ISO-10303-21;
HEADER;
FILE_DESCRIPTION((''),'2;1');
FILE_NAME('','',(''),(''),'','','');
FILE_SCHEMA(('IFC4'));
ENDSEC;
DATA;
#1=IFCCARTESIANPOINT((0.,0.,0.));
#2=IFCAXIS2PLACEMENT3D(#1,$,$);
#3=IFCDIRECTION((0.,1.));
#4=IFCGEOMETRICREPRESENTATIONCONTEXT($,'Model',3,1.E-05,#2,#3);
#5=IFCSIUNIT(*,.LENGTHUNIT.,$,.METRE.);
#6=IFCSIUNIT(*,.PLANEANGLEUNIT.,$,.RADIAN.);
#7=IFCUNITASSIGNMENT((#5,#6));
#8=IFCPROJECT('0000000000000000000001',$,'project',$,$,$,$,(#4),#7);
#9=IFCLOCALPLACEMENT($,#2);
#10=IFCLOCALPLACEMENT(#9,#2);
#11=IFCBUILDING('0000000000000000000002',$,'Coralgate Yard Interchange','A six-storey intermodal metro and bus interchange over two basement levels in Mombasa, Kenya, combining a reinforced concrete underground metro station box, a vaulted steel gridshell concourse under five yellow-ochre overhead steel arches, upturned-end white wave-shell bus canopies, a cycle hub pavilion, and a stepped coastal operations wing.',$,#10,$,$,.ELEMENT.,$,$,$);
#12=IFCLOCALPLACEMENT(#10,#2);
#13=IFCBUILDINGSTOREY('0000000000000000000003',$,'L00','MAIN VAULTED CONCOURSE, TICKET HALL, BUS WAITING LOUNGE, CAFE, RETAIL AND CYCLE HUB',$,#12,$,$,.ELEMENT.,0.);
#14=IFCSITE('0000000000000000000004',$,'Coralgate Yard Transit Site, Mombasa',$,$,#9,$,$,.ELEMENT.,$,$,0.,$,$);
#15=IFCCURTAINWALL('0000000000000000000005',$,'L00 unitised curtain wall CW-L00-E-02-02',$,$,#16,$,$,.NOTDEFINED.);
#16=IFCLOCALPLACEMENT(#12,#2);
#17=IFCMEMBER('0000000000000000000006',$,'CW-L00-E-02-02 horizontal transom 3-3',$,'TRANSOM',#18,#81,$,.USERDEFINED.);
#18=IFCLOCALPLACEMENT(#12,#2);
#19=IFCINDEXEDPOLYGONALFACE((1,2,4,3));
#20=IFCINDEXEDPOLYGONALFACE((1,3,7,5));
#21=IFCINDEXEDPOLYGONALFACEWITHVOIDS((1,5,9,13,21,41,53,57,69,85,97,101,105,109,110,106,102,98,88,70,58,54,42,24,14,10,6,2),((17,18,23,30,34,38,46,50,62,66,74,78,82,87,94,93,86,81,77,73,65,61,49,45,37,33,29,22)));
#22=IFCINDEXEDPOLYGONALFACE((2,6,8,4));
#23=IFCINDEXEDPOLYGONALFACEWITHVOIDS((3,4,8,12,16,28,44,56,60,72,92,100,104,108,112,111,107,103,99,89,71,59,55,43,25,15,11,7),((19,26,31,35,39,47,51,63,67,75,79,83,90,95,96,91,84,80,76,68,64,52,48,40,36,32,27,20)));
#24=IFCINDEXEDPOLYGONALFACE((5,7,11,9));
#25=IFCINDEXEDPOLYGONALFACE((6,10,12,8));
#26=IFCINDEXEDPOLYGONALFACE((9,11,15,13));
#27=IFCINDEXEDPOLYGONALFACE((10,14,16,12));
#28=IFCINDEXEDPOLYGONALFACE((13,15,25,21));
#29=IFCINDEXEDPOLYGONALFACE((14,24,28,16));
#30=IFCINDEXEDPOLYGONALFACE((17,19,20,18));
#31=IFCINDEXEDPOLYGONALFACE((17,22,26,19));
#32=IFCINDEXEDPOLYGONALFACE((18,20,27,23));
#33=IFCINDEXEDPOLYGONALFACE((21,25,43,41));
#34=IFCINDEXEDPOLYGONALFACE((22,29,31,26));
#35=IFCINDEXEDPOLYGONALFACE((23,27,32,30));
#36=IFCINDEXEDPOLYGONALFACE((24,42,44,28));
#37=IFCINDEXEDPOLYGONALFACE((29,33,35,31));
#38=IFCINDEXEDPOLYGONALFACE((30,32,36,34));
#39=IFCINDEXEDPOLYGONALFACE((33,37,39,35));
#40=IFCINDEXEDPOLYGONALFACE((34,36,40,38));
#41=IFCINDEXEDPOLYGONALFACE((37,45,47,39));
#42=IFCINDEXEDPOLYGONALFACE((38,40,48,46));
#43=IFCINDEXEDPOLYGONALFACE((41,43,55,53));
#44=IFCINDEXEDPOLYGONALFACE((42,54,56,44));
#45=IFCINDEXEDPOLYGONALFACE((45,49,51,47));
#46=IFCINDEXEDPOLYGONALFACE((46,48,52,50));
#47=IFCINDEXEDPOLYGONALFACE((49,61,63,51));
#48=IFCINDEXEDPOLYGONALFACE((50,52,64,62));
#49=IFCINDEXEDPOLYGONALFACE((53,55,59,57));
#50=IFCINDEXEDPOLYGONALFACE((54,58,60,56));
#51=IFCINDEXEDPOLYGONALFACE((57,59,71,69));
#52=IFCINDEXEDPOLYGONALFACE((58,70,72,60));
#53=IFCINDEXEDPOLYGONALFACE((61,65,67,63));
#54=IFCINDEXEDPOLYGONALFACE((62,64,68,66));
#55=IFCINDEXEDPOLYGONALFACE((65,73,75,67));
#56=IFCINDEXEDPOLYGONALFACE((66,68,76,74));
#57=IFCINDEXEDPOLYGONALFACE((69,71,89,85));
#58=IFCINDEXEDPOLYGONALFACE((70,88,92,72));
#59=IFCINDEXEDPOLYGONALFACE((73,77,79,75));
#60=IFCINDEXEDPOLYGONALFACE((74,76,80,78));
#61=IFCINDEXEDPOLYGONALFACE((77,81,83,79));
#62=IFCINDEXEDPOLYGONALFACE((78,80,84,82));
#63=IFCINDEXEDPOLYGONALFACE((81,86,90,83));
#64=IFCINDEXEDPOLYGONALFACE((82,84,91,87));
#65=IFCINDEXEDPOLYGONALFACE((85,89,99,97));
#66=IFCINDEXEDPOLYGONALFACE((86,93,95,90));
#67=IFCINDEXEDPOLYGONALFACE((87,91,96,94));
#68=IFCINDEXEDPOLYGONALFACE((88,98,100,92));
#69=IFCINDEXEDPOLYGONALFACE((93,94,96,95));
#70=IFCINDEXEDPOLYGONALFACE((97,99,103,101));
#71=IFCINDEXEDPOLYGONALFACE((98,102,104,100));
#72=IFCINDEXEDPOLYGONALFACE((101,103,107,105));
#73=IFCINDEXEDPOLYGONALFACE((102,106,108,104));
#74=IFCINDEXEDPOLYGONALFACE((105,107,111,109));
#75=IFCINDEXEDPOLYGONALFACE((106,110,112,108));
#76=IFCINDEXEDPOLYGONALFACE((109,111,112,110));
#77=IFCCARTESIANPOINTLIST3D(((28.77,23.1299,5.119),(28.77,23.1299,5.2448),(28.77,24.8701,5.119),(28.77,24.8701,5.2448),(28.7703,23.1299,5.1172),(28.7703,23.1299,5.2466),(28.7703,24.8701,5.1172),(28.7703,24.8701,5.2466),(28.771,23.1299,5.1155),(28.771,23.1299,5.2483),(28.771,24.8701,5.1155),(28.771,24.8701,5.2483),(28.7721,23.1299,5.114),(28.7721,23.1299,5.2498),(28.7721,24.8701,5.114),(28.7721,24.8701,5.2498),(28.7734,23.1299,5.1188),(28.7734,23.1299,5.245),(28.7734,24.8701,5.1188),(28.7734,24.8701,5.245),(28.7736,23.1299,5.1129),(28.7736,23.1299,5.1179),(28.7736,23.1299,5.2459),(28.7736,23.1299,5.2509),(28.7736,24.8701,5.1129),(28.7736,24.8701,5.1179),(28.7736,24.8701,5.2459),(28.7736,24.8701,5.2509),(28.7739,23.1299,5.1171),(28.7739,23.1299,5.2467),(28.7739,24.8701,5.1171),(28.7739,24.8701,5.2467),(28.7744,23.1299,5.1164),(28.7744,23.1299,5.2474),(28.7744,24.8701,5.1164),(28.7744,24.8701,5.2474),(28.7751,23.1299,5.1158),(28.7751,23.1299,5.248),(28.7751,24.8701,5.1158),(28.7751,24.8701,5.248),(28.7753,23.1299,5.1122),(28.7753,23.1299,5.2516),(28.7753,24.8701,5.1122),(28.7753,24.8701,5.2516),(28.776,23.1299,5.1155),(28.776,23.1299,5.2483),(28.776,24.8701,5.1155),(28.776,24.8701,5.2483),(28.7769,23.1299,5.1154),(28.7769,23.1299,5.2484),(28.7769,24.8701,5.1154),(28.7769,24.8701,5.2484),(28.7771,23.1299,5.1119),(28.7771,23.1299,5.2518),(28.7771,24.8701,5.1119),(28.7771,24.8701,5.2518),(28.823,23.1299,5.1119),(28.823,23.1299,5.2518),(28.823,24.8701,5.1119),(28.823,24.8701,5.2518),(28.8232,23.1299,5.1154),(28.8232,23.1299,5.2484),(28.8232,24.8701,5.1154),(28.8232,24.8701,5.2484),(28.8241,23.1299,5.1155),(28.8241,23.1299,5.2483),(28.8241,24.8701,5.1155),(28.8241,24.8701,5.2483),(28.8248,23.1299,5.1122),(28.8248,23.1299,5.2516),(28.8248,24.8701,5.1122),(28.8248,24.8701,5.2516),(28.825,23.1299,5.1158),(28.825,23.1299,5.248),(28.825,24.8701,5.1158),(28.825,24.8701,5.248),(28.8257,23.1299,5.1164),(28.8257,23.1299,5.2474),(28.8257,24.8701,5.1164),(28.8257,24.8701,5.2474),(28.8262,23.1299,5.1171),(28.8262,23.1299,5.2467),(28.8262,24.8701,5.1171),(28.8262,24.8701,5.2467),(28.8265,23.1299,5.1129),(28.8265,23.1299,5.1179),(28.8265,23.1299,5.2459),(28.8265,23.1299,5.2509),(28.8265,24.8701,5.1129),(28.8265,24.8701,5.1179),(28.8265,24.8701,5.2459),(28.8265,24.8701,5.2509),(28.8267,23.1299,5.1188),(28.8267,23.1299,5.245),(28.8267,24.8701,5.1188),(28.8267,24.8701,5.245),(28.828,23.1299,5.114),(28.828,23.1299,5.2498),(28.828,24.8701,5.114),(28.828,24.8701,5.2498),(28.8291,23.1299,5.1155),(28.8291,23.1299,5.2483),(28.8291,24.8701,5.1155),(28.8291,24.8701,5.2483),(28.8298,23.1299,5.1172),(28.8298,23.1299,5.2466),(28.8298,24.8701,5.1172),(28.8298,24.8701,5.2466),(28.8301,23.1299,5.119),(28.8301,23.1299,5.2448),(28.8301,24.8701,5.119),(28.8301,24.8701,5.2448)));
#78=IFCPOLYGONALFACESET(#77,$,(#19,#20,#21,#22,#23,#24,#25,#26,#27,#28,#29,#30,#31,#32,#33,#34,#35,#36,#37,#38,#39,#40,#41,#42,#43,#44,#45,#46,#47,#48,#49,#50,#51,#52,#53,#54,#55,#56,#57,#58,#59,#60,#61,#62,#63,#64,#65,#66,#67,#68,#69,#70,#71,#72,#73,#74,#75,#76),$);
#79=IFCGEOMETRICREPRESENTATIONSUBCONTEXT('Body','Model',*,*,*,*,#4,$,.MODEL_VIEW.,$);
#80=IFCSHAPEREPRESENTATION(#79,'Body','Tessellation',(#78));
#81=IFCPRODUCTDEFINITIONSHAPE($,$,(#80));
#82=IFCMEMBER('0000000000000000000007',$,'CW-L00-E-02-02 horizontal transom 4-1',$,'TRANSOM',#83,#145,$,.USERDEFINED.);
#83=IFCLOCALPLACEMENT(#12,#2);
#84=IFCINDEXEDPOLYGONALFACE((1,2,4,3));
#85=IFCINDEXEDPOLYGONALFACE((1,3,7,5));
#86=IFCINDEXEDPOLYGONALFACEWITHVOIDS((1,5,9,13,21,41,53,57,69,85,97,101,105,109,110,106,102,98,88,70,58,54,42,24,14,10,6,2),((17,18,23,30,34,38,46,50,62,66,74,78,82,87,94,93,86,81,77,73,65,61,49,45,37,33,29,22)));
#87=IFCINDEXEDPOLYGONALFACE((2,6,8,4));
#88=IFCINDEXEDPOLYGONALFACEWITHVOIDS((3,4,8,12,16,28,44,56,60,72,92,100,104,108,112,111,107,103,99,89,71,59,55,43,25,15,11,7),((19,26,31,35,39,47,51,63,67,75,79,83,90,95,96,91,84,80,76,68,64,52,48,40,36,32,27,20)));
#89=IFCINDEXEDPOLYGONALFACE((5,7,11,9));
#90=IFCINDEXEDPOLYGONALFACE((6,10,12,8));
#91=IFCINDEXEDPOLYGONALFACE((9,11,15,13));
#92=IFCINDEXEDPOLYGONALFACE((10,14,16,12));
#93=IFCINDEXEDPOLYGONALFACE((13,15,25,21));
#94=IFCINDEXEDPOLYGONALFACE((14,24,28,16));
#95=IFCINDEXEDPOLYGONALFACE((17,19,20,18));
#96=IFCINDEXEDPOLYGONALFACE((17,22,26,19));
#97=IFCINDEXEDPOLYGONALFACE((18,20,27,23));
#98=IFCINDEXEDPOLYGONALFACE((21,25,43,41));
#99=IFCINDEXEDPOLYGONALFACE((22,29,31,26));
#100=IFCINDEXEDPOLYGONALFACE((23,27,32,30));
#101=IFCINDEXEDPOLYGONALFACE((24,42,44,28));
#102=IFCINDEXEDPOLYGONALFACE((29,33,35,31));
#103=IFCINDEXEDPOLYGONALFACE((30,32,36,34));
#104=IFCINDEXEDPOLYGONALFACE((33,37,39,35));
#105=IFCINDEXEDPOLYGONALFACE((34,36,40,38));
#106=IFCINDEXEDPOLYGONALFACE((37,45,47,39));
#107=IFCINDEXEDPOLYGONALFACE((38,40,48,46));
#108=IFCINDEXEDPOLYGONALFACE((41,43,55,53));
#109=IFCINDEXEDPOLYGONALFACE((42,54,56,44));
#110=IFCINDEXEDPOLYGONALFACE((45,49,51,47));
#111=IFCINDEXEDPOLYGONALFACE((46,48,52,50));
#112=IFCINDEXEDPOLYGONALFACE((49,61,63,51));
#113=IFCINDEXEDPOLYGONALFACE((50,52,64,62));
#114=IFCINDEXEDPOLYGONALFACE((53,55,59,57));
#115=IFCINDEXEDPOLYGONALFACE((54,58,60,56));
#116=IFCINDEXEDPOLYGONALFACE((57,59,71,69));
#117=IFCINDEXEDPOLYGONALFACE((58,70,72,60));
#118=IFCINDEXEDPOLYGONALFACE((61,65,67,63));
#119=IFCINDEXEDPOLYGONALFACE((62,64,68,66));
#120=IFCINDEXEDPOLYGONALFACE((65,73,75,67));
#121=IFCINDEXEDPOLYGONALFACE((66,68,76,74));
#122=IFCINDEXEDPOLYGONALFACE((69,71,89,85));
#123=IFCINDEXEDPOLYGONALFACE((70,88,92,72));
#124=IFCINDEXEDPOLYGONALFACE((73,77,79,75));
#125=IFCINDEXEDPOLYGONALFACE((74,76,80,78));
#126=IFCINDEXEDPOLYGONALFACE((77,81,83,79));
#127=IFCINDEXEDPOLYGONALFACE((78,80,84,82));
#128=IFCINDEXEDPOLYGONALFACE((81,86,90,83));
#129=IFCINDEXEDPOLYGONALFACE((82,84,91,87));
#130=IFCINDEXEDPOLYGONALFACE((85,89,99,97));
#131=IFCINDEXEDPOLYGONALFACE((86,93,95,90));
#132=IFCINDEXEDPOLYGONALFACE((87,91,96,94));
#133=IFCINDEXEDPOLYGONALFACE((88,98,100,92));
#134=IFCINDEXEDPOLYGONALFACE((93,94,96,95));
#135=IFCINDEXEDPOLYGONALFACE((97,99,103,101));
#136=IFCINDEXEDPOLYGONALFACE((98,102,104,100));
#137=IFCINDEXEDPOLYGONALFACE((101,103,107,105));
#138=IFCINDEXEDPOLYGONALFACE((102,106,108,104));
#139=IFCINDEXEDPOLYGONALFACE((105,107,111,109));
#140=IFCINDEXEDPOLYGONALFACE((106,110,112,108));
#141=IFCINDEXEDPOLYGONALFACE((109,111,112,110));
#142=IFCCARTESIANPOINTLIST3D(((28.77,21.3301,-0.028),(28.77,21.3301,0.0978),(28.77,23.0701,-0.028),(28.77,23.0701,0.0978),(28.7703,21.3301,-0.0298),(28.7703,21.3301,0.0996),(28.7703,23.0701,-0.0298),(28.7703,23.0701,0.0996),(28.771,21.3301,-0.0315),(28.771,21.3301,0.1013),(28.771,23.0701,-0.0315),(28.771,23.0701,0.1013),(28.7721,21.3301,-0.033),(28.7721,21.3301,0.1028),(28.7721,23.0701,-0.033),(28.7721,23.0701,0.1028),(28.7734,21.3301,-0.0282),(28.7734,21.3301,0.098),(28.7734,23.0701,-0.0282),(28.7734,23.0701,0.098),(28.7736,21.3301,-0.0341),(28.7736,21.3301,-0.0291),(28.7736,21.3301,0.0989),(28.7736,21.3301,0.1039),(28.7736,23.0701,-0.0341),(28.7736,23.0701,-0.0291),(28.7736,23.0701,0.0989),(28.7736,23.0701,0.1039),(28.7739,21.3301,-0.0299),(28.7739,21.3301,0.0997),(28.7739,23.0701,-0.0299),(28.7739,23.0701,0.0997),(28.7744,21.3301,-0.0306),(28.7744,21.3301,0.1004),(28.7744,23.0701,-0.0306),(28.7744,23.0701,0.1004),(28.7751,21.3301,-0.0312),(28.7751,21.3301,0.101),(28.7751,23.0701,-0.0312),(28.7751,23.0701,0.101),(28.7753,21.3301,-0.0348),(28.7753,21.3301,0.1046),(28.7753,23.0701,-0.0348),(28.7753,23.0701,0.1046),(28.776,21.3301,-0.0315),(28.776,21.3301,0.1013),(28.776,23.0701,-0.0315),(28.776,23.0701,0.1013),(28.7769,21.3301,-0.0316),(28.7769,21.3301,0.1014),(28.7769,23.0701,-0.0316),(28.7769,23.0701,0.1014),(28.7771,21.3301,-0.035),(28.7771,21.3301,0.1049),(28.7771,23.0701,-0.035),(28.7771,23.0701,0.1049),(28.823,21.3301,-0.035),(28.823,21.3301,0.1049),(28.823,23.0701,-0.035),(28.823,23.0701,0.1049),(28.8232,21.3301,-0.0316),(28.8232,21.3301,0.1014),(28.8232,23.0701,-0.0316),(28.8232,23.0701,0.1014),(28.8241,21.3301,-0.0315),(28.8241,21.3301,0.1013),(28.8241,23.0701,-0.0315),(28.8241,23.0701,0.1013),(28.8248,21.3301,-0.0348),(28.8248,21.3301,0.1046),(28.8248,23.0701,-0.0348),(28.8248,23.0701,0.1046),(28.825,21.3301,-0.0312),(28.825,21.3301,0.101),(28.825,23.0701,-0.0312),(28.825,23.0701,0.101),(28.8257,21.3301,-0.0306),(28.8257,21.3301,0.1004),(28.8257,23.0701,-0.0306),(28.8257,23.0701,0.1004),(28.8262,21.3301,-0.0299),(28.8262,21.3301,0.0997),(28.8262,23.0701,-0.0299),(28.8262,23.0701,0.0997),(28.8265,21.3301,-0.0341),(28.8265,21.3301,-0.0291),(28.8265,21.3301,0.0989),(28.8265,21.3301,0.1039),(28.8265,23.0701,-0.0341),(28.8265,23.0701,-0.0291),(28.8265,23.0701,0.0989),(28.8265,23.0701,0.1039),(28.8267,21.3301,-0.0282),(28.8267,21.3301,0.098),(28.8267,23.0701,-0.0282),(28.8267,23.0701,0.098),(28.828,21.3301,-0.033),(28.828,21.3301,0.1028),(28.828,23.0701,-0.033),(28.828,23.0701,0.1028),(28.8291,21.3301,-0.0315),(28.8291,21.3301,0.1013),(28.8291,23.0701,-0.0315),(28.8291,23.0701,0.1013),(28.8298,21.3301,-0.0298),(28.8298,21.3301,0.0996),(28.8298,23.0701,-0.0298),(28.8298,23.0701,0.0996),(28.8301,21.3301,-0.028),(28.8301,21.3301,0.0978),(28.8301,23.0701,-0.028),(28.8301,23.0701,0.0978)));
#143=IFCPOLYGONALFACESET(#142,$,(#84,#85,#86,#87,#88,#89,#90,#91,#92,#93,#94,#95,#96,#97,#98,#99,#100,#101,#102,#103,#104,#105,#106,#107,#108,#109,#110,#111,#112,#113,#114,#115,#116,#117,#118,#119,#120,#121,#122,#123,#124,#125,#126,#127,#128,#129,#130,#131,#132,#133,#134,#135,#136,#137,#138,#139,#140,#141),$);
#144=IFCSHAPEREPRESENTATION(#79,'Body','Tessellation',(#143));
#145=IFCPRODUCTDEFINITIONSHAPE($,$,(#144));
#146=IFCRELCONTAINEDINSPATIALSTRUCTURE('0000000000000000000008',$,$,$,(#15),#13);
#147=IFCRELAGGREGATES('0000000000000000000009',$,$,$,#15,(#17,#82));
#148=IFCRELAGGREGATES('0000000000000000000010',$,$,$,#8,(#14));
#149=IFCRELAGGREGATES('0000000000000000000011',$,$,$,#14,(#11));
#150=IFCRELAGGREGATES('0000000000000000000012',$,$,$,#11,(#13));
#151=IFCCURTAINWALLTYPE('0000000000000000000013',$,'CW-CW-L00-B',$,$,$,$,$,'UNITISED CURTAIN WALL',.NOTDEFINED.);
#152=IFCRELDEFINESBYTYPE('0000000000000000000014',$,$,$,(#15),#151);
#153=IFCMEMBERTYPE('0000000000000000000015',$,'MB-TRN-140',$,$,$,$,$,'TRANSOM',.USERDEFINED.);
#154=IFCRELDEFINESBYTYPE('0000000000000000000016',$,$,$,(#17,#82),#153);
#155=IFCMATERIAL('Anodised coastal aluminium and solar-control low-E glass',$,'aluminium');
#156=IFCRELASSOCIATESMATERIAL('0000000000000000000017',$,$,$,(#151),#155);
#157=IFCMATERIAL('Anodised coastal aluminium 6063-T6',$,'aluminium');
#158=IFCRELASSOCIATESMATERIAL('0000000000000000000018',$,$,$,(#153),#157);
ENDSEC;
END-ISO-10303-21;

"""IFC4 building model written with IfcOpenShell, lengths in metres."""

from ifc_helpers import new_model, si_unit, direction, frame, origin, origin_2d, place, context, subcontext, project, spatial, hollow_rectangle, extrude, material, material_profile, profile_set, type_object, element, aggregate, save


model = new_model("IFC4")

# Units and contexts
model_context = context("Model", 3, precision=1e-05, world=origin(), true_north=direction((0.0, 1.0)))
body_context = subcontext(model_context, "Body", "Model", "MODEL_VIEW")
ifc_project = project(units=[si_unit("LENGTHUNIT", "METRE"), si_unit("PLANEANGLEUNIT", "RADIAN")], contexts=[model_context])

# Site, building, storey
site_placement = place(None, origin())
site = spatial("IfcSite", under=ifc_project, at=site_placement, Name="Coralgate Yard Transit Site, Mombasa", CompositionType="ELEMENT", RefElevation=0.0)
building_placement = place(site_placement, origin())
building = spatial("IfcBuilding", under=site, at=building_placement, Name="Coralgate Yard Interchange", Description="A six-storey intermodal metro and bus interchange over two basement levels in Mombasa, Kenya, combining a reinforced concrete underground metro station box, a vaulted steel gridshell concourse under five yellow-ochre overhead steel arches, upturned-end white wave-shell bus canopies, a cycle hub pavilion, and a stepped coastal operations wing.", CompositionType="ELEMENT")
storey_placement = place(building_placement, origin())
storey = spatial("IfcBuildingStorey", under=building, at=storey_placement, Name="L00", Description="MAIN VAULTED CONCOURSE, TICKET HALL, BUS WAITING LOUNGE, CAFE, RETAIL AND CYCLE HUB", CompositionType="ELEMENT", Elevation=0.0)

# Curtain wall, members
ifc_material_1 = material(Name="Anodised coastal aluminium and solar-control low-E glass", Category="aluminium")
curtain_wall_type = type_object("IfcCurtainWallType", Name="CW-CW-L00-B", ElementType="UNITISED CURTAIN WALL", PredefinedType="NOTDEFINED", material=ifc_material_1)
curtain_wall_placement = place(storey_placement, origin())
curtain_wall = element("IfcCurtainWall", 1, at=curtain_wall_placement, inside=storey, type_object=curtain_wall_type, Name="L00 unitised curtain wall CW-L00-E-02-02", PredefinedType="NOTDEFINED")
ifc_material_2 = material(Name="Anodised coastal aluminium 6063-T6", Category="aluminium")
ifc_material_profile_1 = material_profile(ifc_material_2, hollow_rectangle(XDim=0.0601, YDim=0.1399, WallThickness=0.0034, InnerFilletRadius=0.0034, OuterFilletRadius=0.0071, at=origin_2d()), Name="ALU 60x140x3.5")
ifc_profile_set_1 = profile_set([ifc_material_profile_1], Name="Anodised coastal aluminium 6063-T6")
member_type_1 = type_object("IfcMemberType", Name="MB-TRN-140", ElementType="TRANSOM", PredefinedType="USERDEFINED", material=ifc_profile_set_1)
member_1_placement = place(storey_placement, frame((28.8, 24.8701, 5.1819), z_axis=(0.0, -1.0, 0.0), x_axis=(1.0, 0.0, 0.0)))
member_1 = element("IfcMember", 2, at=member_1_placement, type_object=member_type_1, Name="CW-L00-E-02-02 horizontal transom 3-3", ObjectType="TRANSOM", PredefinedType="USERDEFINED", context=body_context, shape_type="SweptSolid", body=[
    extrude(hollow_rectangle(XDim=0.0601, YDim=0.1399, WallThickness=0.0034, InnerFilletRadius=0.0034, OuterFilletRadius=0.0071, at=origin_2d()), origin(), (0.0, 0.0, 1.0), 1.7402),
])
member_2_placement = place(storey_placement, frame((28.8, 23.0701, 0.0349), z_axis=(0.0, -1.0, 0.0), x_axis=(1.0, 0.0, 0.0)))
member_2 = element("IfcMember", 3, at=member_2_placement, type_object=member_type_1, Name="CW-L00-E-02-02 horizontal transom 4-1", ObjectType="TRANSOM", PredefinedType="USERDEFINED", context=body_context, shape_type="SweptSolid", body=[
    extrude(hollow_rectangle(XDim=0.0601, YDim=0.1399, WallThickness=0.0034, InnerFilletRadius=0.0034, OuterFilletRadius=0.0071, at=origin_2d()), origin(), (0.0, 0.0, 1.0), 1.74),
])
aggregate(curtain_wall, [member_1, member_2])

save(model, "model.ifc")
